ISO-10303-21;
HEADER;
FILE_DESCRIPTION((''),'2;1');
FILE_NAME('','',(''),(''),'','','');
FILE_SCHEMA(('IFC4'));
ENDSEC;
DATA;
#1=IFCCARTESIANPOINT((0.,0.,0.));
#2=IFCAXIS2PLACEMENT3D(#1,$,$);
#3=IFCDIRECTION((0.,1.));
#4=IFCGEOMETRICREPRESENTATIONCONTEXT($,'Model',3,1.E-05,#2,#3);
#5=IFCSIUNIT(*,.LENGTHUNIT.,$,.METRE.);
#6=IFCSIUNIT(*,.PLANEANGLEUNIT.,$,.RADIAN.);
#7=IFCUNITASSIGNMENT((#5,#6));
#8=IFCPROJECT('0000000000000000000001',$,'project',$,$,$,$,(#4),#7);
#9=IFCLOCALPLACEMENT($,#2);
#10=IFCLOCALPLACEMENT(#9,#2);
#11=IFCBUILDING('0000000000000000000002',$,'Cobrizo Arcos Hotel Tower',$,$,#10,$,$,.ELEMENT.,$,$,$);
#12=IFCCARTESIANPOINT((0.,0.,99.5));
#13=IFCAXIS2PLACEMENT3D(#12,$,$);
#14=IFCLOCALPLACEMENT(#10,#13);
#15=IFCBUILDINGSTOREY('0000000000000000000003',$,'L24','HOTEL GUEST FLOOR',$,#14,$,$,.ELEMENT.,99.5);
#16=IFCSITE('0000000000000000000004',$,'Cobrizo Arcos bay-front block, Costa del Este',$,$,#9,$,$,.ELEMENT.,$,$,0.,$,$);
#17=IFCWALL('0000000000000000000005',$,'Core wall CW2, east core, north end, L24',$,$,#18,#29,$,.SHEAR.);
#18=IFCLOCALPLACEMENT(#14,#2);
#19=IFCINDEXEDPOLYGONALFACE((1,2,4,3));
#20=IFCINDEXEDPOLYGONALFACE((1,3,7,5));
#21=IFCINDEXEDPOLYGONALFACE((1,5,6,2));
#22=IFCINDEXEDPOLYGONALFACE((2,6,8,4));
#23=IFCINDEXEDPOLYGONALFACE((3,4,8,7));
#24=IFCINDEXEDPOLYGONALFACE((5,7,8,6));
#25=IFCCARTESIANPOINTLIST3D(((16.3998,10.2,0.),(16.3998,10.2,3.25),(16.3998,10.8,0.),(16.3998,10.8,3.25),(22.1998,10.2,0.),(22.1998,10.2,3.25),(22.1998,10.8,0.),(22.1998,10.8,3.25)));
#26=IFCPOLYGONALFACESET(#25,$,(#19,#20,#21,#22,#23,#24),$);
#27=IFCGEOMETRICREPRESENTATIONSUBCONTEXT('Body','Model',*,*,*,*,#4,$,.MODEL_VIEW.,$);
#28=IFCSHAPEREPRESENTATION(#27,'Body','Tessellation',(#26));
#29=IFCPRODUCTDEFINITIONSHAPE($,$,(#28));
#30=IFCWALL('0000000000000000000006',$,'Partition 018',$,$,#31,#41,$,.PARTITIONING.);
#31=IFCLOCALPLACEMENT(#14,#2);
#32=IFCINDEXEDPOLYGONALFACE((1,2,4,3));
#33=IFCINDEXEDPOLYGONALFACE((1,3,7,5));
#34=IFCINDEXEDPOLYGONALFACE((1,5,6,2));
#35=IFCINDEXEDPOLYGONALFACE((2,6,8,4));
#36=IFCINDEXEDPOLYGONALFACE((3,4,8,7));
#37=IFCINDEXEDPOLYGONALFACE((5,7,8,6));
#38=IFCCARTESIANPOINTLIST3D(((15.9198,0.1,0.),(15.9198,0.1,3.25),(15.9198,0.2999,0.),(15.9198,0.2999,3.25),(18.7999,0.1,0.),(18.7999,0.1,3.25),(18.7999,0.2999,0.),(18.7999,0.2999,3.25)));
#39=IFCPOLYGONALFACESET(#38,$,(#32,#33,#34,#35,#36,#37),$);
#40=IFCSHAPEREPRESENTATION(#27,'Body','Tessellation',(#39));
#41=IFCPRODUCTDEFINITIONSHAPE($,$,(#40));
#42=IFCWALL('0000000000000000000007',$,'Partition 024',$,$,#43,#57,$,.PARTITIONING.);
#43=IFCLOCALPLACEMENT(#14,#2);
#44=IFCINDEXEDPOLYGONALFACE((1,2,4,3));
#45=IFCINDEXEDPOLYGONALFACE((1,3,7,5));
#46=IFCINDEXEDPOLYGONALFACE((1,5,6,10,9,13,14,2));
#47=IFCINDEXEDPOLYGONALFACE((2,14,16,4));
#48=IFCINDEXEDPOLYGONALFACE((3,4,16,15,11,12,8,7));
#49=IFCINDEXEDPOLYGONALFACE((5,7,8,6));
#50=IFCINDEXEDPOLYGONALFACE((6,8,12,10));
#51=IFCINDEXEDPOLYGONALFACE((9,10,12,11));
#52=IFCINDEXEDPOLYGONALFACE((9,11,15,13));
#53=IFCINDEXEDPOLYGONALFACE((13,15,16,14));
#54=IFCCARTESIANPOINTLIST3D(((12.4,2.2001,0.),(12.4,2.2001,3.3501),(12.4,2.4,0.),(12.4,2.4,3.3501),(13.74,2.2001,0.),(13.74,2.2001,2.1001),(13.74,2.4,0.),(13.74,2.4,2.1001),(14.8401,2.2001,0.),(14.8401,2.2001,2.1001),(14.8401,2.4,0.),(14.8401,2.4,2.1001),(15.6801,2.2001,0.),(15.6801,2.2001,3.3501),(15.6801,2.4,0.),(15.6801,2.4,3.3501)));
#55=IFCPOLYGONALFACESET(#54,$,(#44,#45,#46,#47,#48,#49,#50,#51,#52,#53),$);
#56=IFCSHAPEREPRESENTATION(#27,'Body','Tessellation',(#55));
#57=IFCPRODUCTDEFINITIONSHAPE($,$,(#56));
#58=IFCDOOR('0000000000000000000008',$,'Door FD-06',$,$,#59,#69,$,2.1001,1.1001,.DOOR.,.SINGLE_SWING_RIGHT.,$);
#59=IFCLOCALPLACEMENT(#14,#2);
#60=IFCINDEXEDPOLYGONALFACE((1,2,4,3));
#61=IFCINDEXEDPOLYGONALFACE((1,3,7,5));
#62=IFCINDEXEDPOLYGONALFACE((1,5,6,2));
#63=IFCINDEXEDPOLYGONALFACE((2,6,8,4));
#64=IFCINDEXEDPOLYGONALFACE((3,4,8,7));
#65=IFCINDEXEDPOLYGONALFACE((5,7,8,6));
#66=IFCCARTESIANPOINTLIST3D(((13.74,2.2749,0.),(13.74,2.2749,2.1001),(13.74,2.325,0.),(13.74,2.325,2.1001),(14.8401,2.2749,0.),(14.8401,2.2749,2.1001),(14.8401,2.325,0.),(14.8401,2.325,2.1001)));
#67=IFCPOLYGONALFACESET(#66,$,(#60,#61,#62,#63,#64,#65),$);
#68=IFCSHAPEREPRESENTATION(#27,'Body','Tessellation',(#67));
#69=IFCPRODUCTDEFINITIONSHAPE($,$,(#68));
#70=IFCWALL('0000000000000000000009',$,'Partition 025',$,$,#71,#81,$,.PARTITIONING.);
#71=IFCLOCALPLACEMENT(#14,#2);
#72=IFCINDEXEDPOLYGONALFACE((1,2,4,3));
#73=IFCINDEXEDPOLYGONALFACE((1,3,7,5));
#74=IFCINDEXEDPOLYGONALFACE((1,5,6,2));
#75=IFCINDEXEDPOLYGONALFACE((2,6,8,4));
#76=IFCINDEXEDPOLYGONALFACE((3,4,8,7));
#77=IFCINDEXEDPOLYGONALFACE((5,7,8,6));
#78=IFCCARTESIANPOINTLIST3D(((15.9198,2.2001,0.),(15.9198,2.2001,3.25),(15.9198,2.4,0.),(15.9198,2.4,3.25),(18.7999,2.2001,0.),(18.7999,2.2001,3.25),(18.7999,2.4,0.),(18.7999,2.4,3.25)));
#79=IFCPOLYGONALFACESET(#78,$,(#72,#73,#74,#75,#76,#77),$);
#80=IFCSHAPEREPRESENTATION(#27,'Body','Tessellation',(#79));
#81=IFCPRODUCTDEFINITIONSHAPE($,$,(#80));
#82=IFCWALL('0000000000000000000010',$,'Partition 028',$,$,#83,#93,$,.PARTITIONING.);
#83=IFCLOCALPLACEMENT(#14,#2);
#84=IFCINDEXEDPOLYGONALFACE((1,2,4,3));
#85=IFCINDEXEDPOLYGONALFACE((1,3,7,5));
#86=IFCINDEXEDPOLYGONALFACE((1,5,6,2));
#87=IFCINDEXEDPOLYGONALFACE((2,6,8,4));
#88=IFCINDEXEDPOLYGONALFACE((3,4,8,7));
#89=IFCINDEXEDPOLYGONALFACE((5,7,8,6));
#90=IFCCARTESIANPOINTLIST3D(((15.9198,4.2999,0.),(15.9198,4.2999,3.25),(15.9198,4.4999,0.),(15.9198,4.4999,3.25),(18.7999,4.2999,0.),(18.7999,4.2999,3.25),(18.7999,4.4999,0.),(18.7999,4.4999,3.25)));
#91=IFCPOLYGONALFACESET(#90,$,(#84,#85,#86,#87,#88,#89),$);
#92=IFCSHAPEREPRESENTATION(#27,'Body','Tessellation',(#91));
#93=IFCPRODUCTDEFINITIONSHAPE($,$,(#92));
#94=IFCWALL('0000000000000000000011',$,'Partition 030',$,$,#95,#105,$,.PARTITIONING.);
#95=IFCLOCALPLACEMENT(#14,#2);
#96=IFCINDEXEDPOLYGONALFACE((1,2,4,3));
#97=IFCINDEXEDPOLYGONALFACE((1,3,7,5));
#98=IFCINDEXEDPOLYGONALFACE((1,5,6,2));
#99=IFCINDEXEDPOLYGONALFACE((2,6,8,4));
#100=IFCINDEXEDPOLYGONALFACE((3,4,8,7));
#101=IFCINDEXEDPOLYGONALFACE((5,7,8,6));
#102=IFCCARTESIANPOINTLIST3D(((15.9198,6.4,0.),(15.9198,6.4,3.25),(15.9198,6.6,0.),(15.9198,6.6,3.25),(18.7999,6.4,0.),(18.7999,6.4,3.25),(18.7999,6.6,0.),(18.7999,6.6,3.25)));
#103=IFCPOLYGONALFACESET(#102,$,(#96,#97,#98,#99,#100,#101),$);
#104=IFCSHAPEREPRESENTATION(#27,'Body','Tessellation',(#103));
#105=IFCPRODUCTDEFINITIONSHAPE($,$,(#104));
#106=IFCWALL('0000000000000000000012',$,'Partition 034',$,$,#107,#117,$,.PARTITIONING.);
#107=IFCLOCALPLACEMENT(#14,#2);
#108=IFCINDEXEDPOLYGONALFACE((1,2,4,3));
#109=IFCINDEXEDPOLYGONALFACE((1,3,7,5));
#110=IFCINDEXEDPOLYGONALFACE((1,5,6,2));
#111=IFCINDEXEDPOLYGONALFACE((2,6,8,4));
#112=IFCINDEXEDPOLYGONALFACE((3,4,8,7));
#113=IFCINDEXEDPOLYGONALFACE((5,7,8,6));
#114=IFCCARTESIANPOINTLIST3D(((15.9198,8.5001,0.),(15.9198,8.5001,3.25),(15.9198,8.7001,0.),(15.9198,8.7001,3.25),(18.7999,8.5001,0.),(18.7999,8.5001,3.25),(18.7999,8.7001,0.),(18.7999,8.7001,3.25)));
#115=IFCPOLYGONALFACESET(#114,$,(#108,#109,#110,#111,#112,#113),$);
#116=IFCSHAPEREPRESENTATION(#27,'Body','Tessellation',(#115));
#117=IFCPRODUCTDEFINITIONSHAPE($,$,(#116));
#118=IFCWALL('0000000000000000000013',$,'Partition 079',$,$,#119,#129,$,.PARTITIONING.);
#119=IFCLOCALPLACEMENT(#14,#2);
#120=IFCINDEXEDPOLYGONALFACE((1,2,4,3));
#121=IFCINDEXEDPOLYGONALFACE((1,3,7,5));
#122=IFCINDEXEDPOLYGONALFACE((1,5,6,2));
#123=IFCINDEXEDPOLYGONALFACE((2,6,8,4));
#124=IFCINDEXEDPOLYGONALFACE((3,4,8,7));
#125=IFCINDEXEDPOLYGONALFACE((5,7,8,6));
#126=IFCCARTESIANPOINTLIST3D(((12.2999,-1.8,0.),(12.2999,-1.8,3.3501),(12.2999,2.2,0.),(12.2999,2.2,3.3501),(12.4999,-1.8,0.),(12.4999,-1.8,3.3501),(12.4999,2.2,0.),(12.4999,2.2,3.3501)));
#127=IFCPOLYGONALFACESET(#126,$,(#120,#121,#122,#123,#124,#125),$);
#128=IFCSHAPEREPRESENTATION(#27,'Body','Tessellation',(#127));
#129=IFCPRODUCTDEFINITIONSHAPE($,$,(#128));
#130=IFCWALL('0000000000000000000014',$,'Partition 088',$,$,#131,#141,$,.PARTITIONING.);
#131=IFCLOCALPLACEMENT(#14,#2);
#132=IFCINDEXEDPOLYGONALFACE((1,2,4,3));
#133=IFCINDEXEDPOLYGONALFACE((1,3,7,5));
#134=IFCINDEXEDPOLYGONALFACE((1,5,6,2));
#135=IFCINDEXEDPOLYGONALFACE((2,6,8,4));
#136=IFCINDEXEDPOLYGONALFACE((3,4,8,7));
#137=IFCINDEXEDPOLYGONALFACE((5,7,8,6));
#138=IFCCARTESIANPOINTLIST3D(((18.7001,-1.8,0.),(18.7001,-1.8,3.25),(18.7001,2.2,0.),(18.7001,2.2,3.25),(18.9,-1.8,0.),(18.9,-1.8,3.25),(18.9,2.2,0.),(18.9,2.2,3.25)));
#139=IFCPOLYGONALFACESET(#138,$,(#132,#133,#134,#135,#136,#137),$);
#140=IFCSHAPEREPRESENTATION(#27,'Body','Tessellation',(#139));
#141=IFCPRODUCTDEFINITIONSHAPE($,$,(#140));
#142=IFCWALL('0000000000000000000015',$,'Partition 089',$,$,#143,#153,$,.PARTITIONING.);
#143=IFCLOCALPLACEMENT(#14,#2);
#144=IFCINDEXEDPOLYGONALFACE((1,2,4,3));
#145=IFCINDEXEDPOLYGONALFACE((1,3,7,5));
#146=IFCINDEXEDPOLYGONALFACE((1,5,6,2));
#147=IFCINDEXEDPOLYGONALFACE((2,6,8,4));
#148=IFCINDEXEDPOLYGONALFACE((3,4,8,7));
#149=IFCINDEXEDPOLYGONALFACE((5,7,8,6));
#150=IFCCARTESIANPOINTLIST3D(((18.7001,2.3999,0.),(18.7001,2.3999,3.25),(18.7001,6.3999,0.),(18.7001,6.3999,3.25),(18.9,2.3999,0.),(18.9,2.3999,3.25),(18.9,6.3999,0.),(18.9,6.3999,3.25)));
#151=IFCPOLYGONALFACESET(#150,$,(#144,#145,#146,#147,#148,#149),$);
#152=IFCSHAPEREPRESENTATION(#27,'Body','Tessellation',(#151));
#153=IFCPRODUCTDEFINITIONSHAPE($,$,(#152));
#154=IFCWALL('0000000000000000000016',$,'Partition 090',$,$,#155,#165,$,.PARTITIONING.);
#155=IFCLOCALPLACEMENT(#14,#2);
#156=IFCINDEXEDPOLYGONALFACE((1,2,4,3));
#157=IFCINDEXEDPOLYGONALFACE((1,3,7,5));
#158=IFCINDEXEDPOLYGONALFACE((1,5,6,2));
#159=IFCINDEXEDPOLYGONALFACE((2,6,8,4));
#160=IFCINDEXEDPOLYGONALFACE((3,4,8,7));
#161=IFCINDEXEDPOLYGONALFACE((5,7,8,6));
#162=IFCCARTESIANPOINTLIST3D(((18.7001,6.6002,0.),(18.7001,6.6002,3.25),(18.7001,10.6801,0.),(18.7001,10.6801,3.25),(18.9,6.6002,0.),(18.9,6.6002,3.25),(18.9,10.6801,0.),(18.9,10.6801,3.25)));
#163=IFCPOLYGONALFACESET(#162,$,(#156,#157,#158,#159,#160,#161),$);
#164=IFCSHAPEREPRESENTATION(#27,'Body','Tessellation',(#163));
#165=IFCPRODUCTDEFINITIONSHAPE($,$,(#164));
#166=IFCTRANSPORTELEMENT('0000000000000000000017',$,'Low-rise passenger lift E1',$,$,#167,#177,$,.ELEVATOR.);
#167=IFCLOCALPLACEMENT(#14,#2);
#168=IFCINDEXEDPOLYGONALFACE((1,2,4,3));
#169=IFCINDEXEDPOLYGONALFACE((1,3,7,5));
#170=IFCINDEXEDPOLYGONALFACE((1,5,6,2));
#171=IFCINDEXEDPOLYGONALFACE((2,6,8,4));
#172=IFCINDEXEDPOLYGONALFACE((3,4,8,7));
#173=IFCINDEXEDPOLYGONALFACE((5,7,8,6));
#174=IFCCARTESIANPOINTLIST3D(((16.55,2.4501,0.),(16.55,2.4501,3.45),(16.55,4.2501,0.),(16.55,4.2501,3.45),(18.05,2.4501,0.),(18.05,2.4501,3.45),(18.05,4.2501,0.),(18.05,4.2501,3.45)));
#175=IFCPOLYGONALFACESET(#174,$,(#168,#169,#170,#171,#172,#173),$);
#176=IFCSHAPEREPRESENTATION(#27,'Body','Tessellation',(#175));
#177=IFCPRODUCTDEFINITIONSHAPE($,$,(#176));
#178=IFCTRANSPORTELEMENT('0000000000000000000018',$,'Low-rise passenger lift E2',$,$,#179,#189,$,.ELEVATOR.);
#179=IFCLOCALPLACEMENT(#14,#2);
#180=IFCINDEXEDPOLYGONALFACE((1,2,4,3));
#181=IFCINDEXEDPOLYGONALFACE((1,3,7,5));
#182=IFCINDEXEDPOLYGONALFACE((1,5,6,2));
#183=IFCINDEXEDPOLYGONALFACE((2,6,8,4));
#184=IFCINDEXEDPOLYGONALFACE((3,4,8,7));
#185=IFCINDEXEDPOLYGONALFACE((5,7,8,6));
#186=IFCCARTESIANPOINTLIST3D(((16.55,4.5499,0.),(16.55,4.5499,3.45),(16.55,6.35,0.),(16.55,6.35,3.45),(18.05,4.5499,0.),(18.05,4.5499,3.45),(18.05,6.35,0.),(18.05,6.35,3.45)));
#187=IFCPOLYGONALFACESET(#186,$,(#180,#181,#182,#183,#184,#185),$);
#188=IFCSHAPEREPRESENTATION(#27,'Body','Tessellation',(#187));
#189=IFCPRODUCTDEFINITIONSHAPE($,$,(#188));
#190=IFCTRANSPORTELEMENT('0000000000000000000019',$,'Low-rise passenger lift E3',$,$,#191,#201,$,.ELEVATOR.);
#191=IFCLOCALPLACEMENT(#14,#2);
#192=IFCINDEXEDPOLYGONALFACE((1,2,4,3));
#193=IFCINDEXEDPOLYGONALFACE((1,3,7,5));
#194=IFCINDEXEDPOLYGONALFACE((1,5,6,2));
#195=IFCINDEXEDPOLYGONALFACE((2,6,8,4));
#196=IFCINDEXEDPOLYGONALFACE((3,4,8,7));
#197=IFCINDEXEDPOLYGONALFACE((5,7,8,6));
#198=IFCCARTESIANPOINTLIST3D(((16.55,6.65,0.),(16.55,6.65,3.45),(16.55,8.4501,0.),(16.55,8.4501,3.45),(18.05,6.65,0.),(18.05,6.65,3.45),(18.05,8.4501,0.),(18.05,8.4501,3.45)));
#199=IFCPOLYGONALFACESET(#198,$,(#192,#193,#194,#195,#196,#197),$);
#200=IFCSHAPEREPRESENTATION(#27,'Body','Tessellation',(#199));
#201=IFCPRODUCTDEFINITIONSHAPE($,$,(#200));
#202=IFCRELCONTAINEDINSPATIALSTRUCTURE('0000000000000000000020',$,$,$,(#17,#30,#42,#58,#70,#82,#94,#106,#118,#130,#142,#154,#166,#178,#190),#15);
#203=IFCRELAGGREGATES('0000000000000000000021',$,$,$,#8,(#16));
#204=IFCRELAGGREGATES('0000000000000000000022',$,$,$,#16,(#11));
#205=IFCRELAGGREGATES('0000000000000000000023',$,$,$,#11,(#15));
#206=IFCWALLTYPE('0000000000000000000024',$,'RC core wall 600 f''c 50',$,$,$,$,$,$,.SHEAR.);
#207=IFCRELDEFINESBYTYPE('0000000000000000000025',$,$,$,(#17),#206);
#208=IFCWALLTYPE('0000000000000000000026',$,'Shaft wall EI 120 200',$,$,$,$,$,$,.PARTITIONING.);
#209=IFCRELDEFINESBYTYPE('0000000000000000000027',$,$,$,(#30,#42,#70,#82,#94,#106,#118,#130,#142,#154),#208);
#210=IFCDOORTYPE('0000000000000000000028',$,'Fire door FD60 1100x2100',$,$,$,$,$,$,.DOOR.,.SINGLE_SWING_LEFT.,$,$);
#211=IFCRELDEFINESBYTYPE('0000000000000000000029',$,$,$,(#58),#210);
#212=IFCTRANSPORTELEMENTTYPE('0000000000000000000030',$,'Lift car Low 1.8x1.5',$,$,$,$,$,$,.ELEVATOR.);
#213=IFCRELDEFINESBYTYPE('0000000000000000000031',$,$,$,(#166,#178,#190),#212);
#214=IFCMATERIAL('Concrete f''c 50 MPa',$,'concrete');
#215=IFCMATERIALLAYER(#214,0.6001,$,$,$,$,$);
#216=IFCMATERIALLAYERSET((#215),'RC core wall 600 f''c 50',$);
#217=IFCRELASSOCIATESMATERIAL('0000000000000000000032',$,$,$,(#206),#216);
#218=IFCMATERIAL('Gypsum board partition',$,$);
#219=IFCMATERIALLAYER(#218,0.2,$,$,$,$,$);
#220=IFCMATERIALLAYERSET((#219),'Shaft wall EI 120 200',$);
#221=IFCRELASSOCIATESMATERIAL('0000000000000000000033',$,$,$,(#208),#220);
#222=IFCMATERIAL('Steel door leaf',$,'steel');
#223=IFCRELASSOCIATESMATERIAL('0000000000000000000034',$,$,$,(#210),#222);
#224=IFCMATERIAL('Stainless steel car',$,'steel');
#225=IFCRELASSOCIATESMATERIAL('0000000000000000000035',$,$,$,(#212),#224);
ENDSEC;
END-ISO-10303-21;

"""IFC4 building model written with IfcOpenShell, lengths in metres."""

from ifc_helpers import new_model, si_unit, direction, frame, frame_2d, origin, origin_2d, place, context, subcontext, project, spatial, rectangle, extrude, material, layer, layer_set, type_object, element, fill, save


model = new_model("IFC4")

# Units and contexts
model_context = context("Model", 3, precision=1e-05, world=origin(), true_north=direction((0.0, 1.0)))
body_context = subcontext(model_context, "Body", "Model", "MODEL_VIEW")
ifc_project = project(units=[si_unit("LENGTHUNIT", "METRE"), si_unit("PLANEANGLEUNIT", "RADIAN")], contexts=[model_context])

# Site, building, storey
site_placement = place(None, origin())
site = spatial("IfcSite", under=ifc_project, at=site_placement, Name="Cobrizo Arcos bay-front block, Costa del Este", CompositionType="ELEMENT", RefElevation=0.0)
building_placement = place(site_placement, origin())
building = spatial("IfcBuilding", under=site, at=building_placement, Name="Cobrizo Arcos Hotel Tower", CompositionType="ELEMENT")
storey_placement = place(building_placement, frame((0.0, 0.0, 99.5)))
storey = spatial("IfcBuildingStorey", under=building, at=storey_placement, Name="L24", Description="HOTEL GUEST FLOOR", CompositionType="ELEMENT", Elevation=99.5)

# Shared definitions
ifc_material_1 = material(Name="Gypsum board partition")

# Walls
ifc_material_2 = material(Name="Concrete f'c 50 MPa", Category="concrete")
ifc_layer_1 = layer(ifc_material_2, 0.6001)
ifc_layer_set_1 = layer_set([ifc_layer_1], Name="RC core wall 600 f'c 50")
wall_type_1 = type_object("IfcWallType", Name="RC core wall 600 f'c 50", PredefinedType="SHEAR", material=ifc_layer_set_1)
wall_1_placement = place(storey_placement, frame((16.3999, 10.5, 0.0), z_axis=(0.0, 0.0, 1.0), x_axis=(1.0, 0.0, 0.0)))
element("IfcWall", 1, at=wall_1_placement, inside=storey, type_object=wall_type_1, Name="Core wall CW2, east core, north end, L24", PredefinedType="SHEAR", context=body_context, shape_type="SweptSolid", body=[
    extrude(rectangle(XDim=5.8, YDim=0.6001, at=frame_2d((2.8999, 0.0))), origin(), (0.0, 0.0, 1.0), 3.25),
])
ifc_layer_2 = layer(ifc_material_1, 0.2)
ifc_layer_set_2 = layer_set([ifc_layer_2], Name="Shaft wall EI 120 200")
wall_type_2 = type_object("IfcWallType", Name="Shaft wall EI 120 200", PredefinedType="PARTITIONING", material=ifc_layer_set_2)
wall_2_placement = place(storey_placement, frame((15.9199, 0.2, 0.0), z_axis=(0.0, 0.0, 1.0), x_axis=(1.0, 0.0, 0.0)))
element("IfcWall", 2, at=wall_2_placement, inside=storey, type_object=wall_type_2, Name="Partition 018", PredefinedType="PARTITIONING", context=body_context, shape_type="SweptSolid", body=[
    extrude(rectangle(XDim=2.8801, YDim=0.2, at=frame_2d((1.4399, 0.0))), origin(), (0.0, 0.0, 1.0), 3.25),
])

# Wall, opening, door
wall_3_placement = place(storey_placement, frame((12.3999, 2.3, 0.0), z_axis=(0.0, 0.0, 1.0), x_axis=(1.0, 0.0, 0.0)))
wall_3 = element("IfcWall", 3, at=wall_3_placement, inside=storey, type_object=wall_type_2, Name="Partition 024", PredefinedType="PARTITIONING", context=body_context, shape_type="SweptSolid", body=[
    extrude(rectangle(XDim=3.28, YDim=0.2, at=frame_2d((1.6401, 0.0))), origin(), (0.0, 0.0, 1.0), 3.3501),
])
opening_1_placement = place(wall_3_placement, frame((1.3401, 0.0, 0.0)))
opening_1 = element("IfcOpeningElement", 4, at=opening_1_placement, cuts=wall_3, PredefinedType="OPENING", context=body_context, shape_type="SweptSolid", body=[
    extrude(rectangle(XDim=1.1001, YDim=2.1001, at=frame_2d((0.55, 1.05))), frame((0.0, 0.1121, 0.0), z_axis=(0.0, -1.0, 0.0), x_axis=(1.0, 0.0, 0.0)), (0.0, 0.0, 1.0), 0.2239),
])
ifc_material_3 = material(Name="Steel door leaf", Category="steel")
door_type_1 = type_object("IfcDoorType", Name="Fire door FD60 1100x2100", OperationType="SINGLE_SWING_LEFT", PredefinedType="DOOR", material=ifc_material_3)
door_1_placement = place(opening_1_placement, origin())
door_1 = element("IfcDoor", 5, at=door_1_placement, inside=storey, type_object=door_type_1, Name="Door FD-06", OperationType="SINGLE_SWING_RIGHT", OverallHeight=2.1001, OverallWidth=1.1001, PredefinedType="DOOR", context=body_context, shape_type="SweptSolid", body=[
    extrude(rectangle(XDim=1.1001, YDim=2.1001, at=frame_2d((0.55, 1.05))), frame((0.0, 0.0249, 0.0), z_axis=(0.0, -1.0, 0.0), x_axis=(1.0, 0.0, 0.0)), (0.0, 0.0, 1.0), 0.05),
])
fill(opening_1, door_1)

# Walls
for number, where, z_axis, x_axis, name in (
    (6, (15.9199, 2.3, 0.0), (0.0, 0.0, 1.0), (1.0, 0.0, 0.0), "Partition 025"),
    (7, (15.9199, 4.3999, 0.0), (0.0, 0.0, 1.0), (1.0, 0.0, 0.0), "Partition 028"),
    (8, (15.9199, 6.5, 0.0), (0.0, 0.0, 1.0), (1.0, 0.0, 0.0), "Partition 030"),
    (9, (15.9199, 8.6001, 0.0), (0.0, 0.0, 1.0), (1.0, 0.0, 0.0), "Partition 034"),
):
    element("IfcWall", number, at=place(storey_placement, frame(where, z_axis=z_axis, x_axis=x_axis)), inside=storey, type_object=wall_type_2, Name=name, PredefinedType="PARTITIONING", context=body_context, shape_type="SweptSolid", body=[
        extrude(rectangle(XDim=2.8801, YDim=0.2, at=frame_2d((1.4399, 0.0))), origin(), (0.0, 0.0, 1.0), 3.25),
    ])
wall_4_placement = place(storey_placement, frame((12.3999, -1.8, 0.0), z_axis=(0.0, 0.0, 1.0), x_axis=(0.0, 1.0, 0.0)))
element("IfcWall", 10, at=wall_4_placement, inside=storey, type_object=wall_type_2, Name="Partition 079", PredefinedType="PARTITIONING", context=body_context, shape_type="SweptSolid", body=[
    extrude(rectangle(XDim=4.0, YDim=0.2, at=frame_2d((2.0, 0.0))), origin(), (0.0, 0.0, 1.0), 3.3501),
])
for number, where, z_axis, x_axis, name in (
    (11, (18.8, -1.8, 0.0), (0.0, 0.0, 1.0), (0.0, 1.0, 0.0), "Partition 088"),
    (12, (18.8, 2.3999, 0.0), (0.0, 0.0, 1.0), (0.0, 1.0, 0.0), "Partition 089"),
):
    element("IfcWall", number, at=place(storey_placement, frame(where, z_axis=z_axis, x_axis=x_axis)), inside=storey, type_object=wall_type_2, Name=name, PredefinedType="PARTITIONING", context=body_context, shape_type="SweptSolid", body=[
        extrude(rectangle(XDim=4.0, YDim=0.2, at=frame_2d((2.0, 0.0))), origin(), (0.0, 0.0, 1.0), 3.25),
    ])
wall_5_placement = place(storey_placement, frame((18.8, 6.6001, 0.0), z_axis=(0.0, 0.0, 1.0), x_axis=(0.0, 1.0, 0.0)))
element("IfcWall", 13, at=wall_5_placement, inside=storey, type_object=wall_type_2, Name="Partition 090", PredefinedType="PARTITIONING", context=body_context, shape_type="SweptSolid", body=[
    extrude(rectangle(XDim=4.0798, YDim=0.2, at=frame_2d((2.04, 0.0))), origin(), (0.0, 0.0, 1.0), 3.25),
])

# Transport elements
ifc_material_4 = material(Name="Stainless steel car", Category="steel")
transport_element_type = type_object("IfcTransportElementType", Name="Lift car Low 1.8x1.5", PredefinedType="ELEVATOR", material=ifc_material_4)
for number, where, z_axis, x_axis, name in (
    (14, (17.3, 3.3501, 0.0), (0.0, 0.0, 1.0), (1.0, 0.0, 0.0), "Low-rise passenger lift E1"),
    (15, (17.3, 5.45, 0.0), (0.0, 0.0, 1.0), (1.0, 0.0, 0.0), "Low-rise passenger lift E2"),
    (16, (17.3, 7.55, 0.0), (0.0, 0.0, 1.0), (1.0, 0.0, 0.0), "Low-rise passenger lift E3"),
):
    element("IfcTransportElement", number, at=place(storey_placement, frame(where, z_axis=z_axis, x_axis=x_axis)), inside=storey, type_object=transport_element_type, Name=name, PredefinedType="ELEVATOR", context=body_context, shape_type="SweptSolid", body=[
        extrude(rectangle(XDim=1.5, YDim=1.8, at=origin_2d()), origin(), (0.0, 0.0, 1.0), 3.45),
    ])

save(model, "model.ifc")
